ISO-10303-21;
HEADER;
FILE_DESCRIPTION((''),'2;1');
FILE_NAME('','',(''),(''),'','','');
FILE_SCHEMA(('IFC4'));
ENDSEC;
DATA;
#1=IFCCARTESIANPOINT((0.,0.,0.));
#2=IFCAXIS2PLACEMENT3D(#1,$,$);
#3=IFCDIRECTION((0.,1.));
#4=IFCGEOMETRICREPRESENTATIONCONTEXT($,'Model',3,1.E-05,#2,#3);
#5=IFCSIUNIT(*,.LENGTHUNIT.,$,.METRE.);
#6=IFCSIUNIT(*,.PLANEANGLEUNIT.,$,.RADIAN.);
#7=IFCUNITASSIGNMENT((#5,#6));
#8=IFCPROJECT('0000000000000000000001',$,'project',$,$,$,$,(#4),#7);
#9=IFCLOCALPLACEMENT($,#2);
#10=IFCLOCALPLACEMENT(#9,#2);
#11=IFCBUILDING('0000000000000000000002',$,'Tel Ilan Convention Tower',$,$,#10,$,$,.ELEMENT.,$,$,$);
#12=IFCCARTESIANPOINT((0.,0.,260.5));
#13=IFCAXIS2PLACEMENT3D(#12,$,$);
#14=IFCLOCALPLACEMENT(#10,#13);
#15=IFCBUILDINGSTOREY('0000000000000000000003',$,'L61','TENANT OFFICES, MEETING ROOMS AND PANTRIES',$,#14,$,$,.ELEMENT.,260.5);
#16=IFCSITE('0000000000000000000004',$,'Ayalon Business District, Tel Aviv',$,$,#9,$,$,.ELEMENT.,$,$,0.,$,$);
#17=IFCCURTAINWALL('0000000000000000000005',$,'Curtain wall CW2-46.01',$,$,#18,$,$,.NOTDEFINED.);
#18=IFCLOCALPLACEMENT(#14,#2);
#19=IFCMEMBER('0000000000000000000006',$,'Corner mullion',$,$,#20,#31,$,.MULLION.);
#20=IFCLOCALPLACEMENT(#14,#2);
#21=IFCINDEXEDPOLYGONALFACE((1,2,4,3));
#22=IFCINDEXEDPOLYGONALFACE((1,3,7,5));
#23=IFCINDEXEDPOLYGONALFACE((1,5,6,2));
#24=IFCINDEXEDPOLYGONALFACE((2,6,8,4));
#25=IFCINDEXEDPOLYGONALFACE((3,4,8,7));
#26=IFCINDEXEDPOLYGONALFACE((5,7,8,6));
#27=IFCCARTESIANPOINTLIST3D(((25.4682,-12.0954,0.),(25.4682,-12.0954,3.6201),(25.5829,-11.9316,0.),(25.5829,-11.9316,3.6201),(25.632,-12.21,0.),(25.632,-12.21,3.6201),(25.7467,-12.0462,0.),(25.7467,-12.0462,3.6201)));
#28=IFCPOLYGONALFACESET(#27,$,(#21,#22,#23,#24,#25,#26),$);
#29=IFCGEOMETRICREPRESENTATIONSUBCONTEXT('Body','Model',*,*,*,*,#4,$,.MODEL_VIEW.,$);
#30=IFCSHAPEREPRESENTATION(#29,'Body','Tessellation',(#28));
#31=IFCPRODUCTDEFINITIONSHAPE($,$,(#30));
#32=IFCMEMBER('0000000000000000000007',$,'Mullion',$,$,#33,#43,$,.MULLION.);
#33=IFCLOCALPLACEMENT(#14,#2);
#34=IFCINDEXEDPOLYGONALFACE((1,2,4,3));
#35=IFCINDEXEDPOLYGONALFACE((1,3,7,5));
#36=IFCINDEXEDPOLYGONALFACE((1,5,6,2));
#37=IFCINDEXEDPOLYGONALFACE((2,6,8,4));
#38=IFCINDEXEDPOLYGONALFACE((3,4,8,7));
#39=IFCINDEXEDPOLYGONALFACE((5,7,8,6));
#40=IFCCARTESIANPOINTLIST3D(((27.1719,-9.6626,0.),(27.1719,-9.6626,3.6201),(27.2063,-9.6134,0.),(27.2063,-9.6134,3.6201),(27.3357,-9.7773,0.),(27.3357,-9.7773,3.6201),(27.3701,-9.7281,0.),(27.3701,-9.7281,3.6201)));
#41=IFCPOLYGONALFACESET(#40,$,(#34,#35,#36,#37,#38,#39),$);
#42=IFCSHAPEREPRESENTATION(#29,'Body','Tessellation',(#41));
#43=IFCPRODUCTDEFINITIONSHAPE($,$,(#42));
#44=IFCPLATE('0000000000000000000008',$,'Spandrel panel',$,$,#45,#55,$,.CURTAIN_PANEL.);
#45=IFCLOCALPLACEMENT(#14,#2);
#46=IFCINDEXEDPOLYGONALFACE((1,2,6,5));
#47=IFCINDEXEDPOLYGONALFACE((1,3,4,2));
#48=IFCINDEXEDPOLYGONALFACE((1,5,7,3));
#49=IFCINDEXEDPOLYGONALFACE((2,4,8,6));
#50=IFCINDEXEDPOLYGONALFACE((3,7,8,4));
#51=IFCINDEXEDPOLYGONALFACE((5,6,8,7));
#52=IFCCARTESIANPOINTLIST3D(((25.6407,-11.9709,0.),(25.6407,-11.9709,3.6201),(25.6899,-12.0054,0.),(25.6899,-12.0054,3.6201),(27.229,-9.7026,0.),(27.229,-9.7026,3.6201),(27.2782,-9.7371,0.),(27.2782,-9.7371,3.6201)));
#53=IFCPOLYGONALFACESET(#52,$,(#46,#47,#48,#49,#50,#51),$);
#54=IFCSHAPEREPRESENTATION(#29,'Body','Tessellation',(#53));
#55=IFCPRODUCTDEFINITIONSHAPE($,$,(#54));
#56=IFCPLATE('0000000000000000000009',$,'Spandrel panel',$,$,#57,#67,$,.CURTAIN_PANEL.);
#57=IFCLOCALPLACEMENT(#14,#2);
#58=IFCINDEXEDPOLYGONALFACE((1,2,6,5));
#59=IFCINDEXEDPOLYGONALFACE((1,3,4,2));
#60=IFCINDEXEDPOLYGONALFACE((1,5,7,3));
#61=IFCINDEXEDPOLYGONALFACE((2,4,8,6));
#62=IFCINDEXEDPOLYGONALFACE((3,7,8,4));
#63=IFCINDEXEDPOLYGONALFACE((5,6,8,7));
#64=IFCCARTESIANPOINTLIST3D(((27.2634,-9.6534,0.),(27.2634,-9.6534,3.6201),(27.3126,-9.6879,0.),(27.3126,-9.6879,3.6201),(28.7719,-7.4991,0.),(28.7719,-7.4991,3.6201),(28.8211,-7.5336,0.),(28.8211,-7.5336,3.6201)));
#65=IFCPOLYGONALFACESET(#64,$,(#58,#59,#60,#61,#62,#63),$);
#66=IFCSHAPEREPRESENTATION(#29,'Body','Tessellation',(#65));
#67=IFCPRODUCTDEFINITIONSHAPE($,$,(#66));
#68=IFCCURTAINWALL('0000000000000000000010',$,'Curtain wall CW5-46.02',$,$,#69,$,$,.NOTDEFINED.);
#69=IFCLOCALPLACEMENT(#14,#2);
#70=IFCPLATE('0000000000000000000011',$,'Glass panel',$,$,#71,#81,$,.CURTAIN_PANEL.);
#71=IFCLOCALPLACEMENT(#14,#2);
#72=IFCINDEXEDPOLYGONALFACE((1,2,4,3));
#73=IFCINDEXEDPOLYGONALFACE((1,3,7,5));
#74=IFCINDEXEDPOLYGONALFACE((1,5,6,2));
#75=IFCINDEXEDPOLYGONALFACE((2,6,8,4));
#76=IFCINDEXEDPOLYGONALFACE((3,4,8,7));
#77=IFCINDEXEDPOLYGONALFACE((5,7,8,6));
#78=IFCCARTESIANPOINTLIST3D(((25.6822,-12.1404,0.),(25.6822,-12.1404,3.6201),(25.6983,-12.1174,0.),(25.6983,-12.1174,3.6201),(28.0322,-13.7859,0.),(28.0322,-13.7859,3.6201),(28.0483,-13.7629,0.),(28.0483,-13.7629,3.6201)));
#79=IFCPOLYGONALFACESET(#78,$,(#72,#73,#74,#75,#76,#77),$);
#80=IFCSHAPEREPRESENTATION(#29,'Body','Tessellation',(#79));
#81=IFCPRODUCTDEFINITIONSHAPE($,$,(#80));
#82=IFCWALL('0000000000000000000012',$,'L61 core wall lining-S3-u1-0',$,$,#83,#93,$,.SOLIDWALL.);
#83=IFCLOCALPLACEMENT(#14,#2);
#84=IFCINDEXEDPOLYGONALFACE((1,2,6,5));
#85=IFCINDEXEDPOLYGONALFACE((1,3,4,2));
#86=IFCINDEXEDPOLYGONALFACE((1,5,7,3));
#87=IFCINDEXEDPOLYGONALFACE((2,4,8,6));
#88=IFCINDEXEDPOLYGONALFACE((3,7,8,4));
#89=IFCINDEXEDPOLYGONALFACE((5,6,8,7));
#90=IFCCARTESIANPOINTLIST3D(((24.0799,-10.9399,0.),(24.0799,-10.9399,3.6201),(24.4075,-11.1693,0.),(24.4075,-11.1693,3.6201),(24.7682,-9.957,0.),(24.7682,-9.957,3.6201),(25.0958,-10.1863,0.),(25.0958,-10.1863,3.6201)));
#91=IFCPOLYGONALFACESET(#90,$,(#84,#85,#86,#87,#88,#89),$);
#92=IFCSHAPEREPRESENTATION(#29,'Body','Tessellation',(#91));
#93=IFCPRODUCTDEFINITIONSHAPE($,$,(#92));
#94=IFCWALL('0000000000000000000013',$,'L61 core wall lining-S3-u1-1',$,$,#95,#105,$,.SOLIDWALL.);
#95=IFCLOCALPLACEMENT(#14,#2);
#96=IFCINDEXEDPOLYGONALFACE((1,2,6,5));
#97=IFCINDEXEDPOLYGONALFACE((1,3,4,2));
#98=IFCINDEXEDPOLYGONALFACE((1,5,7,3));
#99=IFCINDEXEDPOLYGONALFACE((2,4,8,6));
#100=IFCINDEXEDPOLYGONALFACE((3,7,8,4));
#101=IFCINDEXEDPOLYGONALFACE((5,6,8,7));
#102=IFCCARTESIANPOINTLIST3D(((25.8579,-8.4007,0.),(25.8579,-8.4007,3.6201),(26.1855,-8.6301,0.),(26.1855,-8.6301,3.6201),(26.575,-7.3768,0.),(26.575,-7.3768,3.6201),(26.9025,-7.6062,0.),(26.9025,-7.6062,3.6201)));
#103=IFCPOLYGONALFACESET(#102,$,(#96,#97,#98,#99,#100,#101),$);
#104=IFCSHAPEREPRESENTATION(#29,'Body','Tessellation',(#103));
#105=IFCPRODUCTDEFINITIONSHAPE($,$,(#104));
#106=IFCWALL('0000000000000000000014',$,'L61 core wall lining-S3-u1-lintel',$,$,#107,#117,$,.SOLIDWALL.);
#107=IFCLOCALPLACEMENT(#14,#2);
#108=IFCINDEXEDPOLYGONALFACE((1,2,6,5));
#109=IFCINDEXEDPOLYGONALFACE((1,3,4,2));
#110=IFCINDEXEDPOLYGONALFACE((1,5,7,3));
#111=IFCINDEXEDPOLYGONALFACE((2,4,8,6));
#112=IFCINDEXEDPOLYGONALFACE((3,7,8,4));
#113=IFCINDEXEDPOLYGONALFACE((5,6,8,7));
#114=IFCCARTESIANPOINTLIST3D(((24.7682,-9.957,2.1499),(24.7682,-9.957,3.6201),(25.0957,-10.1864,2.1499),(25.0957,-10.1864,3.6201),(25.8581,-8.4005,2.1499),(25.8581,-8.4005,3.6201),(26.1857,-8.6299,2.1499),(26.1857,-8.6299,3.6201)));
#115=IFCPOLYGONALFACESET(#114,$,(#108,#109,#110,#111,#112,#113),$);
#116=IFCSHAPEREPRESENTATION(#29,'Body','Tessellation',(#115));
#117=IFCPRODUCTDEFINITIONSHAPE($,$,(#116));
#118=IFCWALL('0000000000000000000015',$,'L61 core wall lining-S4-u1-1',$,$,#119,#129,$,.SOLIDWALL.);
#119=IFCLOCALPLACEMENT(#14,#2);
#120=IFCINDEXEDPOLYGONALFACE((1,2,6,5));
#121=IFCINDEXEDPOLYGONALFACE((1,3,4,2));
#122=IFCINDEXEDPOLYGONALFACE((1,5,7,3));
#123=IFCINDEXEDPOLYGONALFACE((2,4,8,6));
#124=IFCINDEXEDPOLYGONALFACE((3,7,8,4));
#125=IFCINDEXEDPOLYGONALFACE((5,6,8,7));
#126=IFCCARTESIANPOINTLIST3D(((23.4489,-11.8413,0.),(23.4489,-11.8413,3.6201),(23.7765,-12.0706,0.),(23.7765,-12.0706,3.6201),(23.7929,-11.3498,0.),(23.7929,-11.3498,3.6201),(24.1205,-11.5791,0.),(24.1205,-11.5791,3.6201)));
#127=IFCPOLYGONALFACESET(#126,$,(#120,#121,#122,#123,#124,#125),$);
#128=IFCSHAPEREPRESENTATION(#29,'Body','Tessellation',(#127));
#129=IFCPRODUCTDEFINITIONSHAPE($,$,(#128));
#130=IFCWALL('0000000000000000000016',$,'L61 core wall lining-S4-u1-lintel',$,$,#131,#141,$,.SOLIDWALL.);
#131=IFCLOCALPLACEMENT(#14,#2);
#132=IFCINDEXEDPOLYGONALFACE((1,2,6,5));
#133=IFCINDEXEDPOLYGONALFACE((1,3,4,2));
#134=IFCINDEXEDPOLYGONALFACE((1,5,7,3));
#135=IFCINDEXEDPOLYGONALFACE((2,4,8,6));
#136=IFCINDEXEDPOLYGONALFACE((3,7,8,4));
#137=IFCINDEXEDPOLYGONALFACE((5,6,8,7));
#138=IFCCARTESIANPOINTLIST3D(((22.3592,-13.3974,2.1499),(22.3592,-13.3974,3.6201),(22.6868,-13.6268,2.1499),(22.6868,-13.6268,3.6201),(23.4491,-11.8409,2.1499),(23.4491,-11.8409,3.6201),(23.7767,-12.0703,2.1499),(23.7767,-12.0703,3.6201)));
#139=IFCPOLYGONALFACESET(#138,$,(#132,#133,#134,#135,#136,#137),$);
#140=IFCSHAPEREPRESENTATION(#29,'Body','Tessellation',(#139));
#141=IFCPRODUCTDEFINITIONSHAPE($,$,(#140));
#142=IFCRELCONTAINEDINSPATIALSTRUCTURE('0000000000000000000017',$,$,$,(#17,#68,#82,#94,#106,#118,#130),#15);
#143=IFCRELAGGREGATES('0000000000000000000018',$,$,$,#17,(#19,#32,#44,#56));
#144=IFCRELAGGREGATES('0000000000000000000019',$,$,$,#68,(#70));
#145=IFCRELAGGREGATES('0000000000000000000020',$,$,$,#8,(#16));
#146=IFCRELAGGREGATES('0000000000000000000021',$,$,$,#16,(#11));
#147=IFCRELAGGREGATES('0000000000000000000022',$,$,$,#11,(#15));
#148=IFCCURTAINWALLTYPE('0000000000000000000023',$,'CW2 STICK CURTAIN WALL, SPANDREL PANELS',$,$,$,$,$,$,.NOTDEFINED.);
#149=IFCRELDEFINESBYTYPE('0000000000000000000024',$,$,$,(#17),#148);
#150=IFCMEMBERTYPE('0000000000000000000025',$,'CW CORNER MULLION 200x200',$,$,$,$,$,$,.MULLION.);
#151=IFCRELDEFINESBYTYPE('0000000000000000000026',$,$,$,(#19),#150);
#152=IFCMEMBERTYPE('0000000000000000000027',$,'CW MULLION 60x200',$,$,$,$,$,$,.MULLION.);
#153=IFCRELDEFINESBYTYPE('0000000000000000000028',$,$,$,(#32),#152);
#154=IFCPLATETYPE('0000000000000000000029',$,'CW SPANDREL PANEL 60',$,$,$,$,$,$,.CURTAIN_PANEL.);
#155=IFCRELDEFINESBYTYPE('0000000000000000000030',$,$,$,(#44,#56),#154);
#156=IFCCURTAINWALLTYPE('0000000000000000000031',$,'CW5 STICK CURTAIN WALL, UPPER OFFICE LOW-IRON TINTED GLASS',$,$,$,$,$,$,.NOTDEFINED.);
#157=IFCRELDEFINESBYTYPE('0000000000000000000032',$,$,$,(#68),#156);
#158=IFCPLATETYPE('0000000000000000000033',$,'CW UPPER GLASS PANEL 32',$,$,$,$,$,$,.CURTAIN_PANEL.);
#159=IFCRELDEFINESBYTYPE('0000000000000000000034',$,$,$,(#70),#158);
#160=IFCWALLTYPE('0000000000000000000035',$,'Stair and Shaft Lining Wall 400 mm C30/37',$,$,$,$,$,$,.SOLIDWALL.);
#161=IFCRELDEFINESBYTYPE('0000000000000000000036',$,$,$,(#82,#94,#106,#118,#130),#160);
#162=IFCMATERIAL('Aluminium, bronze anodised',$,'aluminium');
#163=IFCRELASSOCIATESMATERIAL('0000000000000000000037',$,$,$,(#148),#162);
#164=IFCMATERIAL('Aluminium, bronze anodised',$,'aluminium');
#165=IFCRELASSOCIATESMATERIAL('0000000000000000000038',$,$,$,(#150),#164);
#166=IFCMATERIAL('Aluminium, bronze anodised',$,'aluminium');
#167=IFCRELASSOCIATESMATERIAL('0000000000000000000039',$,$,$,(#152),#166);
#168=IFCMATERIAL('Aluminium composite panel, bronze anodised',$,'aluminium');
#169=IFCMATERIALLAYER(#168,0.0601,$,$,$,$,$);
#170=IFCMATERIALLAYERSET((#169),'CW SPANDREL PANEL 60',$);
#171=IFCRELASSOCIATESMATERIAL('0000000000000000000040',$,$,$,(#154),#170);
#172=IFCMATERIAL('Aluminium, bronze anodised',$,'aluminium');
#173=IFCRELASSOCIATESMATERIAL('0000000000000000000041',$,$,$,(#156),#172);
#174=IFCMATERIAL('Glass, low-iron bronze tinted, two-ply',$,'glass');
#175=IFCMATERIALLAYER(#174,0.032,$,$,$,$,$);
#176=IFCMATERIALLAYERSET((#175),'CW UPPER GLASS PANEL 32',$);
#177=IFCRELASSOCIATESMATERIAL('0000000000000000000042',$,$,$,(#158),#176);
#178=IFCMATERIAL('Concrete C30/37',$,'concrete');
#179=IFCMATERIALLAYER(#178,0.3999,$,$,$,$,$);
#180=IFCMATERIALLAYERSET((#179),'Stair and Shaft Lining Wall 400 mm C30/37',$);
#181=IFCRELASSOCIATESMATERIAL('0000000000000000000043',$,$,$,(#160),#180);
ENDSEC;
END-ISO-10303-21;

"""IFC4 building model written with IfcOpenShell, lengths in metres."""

from ifc_helpers import new_model, si_unit, direction, frame, frame_2d, origin, origin_2d, place, context, subcontext, project, spatial, rectangle, extrude, material, layer, layer_set, material_profile, profile_set, type_object, element, aggregate, save


model = new_model("IFC4")

# Units and contexts
model_context = context("Model", 3, precision=1e-05, world=origin(), true_north=direction((0.0, 1.0)))
body_context = subcontext(model_context, "Body", "Model", "MODEL_VIEW")
ifc_project = project(units=[si_unit("LENGTHUNIT", "METRE"), si_unit("PLANEANGLEUNIT", "RADIAN")], contexts=[model_context])

# Site, building, storey
site_placement = place(None, origin())
site = spatial("IfcSite", under=ifc_project, at=site_placement, Name="Ayalon Business District, Tel Aviv", CompositionType="ELEMENT", RefElevation=0.0)
building_placement = place(site_placement, origin())
building = spatial("IfcBuilding", under=site, at=building_placement, Name="Tel Ilan Convention Tower", CompositionType="ELEMENT")
storey_placement = place(building_placement, frame((0.0, 0.0, 260.5)))
storey = spatial("IfcBuildingStorey", under=building, at=storey_placement, Name="L61", Description="TENANT OFFICES, MEETING ROOMS AND PANTRIES", CompositionType="ELEMENT", Elevation=260.5)

# Curtain wall, members, plates
ifc_material_1 = material(Name="Aluminium, bronze anodised", Category="aluminium")
curtain_wall_type_1 = type_object("IfcCurtainWallType", Name="CW2 STICK CURTAIN WALL, SPANDREL PANELS", PredefinedType="NOTDEFINED", material=ifc_material_1)
curtain_wall_1_placement = place(storey_placement, origin())
curtain_wall_1 = element("IfcCurtainWall", 1, at=curtain_wall_1_placement, inside=storey, type_object=curtain_wall_type_1, Name="Curtain wall CW2-46.01", PredefinedType="NOTDEFINED")
ifc_material_2 = material(Name="Aluminium, bronze anodised", Category="aluminium")
ifc_material_profile_1 = material_profile(ifc_material_2, rectangle(XDim=0.2, YDim=0.2, at=origin_2d()), Name="CW CORNER MULLION 200x200")
ifc_profile_set_1 = profile_set([ifc_material_profile_1], Name="Aluminium, bronze anodised")
member_type_1 = type_object("IfcMemberType", Name="CW CORNER MULLION 200x200", PredefinedType="MULLION", material=ifc_profile_set_1)
member_1_placement = place(storey_placement, frame((25.6074, -12.0708, 0.0), z_axis=(0.0, 0.0, 1.0), x_axis=(-0.819152, 0.573576, 0.0)))
member_1 = element("IfcMember", 2, at=member_1_placement, type_object=member_type_1, Name="Corner mullion", PredefinedType="MULLION", context=body_context, shape_type="SweptSolid", body=[
    extrude(rectangle(XDim=0.2, YDim=0.2, at=origin_2d()), origin(), (0.0, 0.0, 1.0), 3.6201),
])
ifc_material_3 = material(Name="Aluminium, bronze anodised", Category="aluminium")
ifc_material_profile_2 = material_profile(ifc_material_3, rectangle(XDim=0.0601, YDim=0.2, at=origin_2d()), Name="CW MULLION 60x200")
ifc_profile_set_2 = profile_set([ifc_material_profile_2], Name="Aluminium, bronze anodised")
member_type_2 = type_object("IfcMemberType", Name="CW MULLION 60x200", PredefinedType="MULLION", material=ifc_profile_set_2)
member_2_placement = place(storey_placement, frame((27.271, -9.6953, 0.0), z_axis=(0.0, 0.0, 1.0), x_axis=(0.573576, 0.819152, 0.0)))
member_2 = element("IfcMember", 3, at=member_2_placement, type_object=member_type_2, Name="Mullion", PredefinedType="MULLION", context=body_context, shape_type="SweptSolid", body=[
    extrude(rectangle(XDim=0.0601, YDim=0.2, at=origin_2d()), origin(), (0.0, 0.0, 1.0), 3.6201),
])
ifc_material_4 = material(Name="Aluminium composite panel, bronze anodised", Category="aluminium")
ifc_layer_1 = layer(ifc_material_4, 0.0601)
ifc_layer_set_1 = layer_set([ifc_layer_1], Name="CW SPANDREL PANEL 60")
plate_type_1 = type_object("IfcPlateType", Name="CW SPANDREL PANEL 60", PredefinedType="CURTAIN_PANEL", material=ifc_layer_set_1)
plate_1_placement = place(storey_placement, frame((26.4595, -10.854, 0.0), z_axis=(0.0, 0.0, 1.0), x_axis=(0.573576, 0.819152, 0.0)))
plate_1 = element("IfcPlate", 4, at=plate_1_placement, type_object=plate_type_1, Name="Spandrel panel", PredefinedType="CURTAIN_PANEL", context=body_context, shape_type="SweptSolid", body=[
    extrude(rectangle(XDim=2.769, YDim=0.0601, at=origin_2d()), origin(), (0.0, 0.0, 1.0), 3.6201),
])
plate_2_placement = place(storey_placement, frame((28.0422, -8.5935, 0.0), z_axis=(0.0, 0.0, 1.0), x_axis=(0.573576, 0.819152, 0.0)))
plate_2 = element("IfcPlate", 5, at=plate_2_placement, type_object=plate_type_1, Name="Spandrel panel", PredefinedType="CURTAIN_PANEL", context=body_context, shape_type="SweptSolid", body=[
    extrude(rectangle(XDim=2.6299, YDim=0.0601, at=origin_2d()), origin(), (0.0, 0.0, 1.0), 3.6201),
])
aggregate(curtain_wall_1, [member_1, member_2, plate_1, plate_2])

# Curtain wall, plate
ifc_material_5 = material(Name="Aluminium, bronze anodised", Category="aluminium")
curtain_wall_type_2 = type_object("IfcCurtainWallType", Name="CW5 STICK CURTAIN WALL, UPPER OFFICE LOW-IRON TINTED GLASS", PredefinedType="NOTDEFINED", material=ifc_material_5)
curtain_wall_2_placement = place(storey_placement, origin())
curtain_wall_2 = element("IfcCurtainWall", 6, at=curtain_wall_2_placement, inside=storey, type_object=curtain_wall_type_2, Name="Curtain wall CW5-46.02", PredefinedType="NOTDEFINED")
ifc_material_6 = material(Name="Glass, low-iron bronze tinted, two-ply", Category="glass")
ifc_layer_2 = layer(ifc_material_6, 0.032)
ifc_layer_set_2 = layer_set([ifc_layer_2], Name="CW UPPER GLASS PANEL 32")
plate_type_2 = type_object("IfcPlateType", Name="CW UPPER GLASS PANEL 32", PredefinedType="CURTAIN_PANEL", material=ifc_layer_set_2)
plate_3_placement = place(storey_placement, frame((26.8652, -12.9517, 0.0), z_axis=(0.0, 0.0, 1.0), x_axis=(-0.819152, 0.573576, 0.0)))
plate_3 = element("IfcPlate", 7, at=plate_3_placement, type_object=plate_type_2, Name="Glass panel", PredefinedType="CURTAIN_PANEL", context=body_context, shape_type="SweptSolid", body=[
    extrude(rectangle(XDim=2.8689, YDim=0.0281, at=origin_2d()), origin(), (0.0, 0.0, 1.0), 3.6201),
])
aggregate(curtain_wall_2, [plate_3])

# Walls
ifc_material_7 = material(Name="Concrete C30/37", Category="concrete")
ifc_layer_3 = layer(ifc_material_7, 0.3999)
ifc_layer_set_3 = layer_set([ifc_layer_3], Name="Stair and Shaft Lining Wall 400 mm C30/37")
wall_type = type_object("IfcWallType", Name="Stair and Shaft Lining Wall 400 mm C30/37", PredefinedType="SOLIDWALL", material=ifc_layer_set_3)
wall_1_placement = place(storey_placement, frame((24.2437, -11.0547, 0.0), z_axis=(0.0, 0.0, 1.0), x_axis=(0.573572, 0.819155, 0.0)))
element("IfcWall", 8, at=wall_1_placement, inside=storey, type_object=wall_type, Name="L61 core wall lining-S3-u1-0", PredefinedType="SOLIDWALL", context=body_context, shape_type="SweptSolid", body=[
    extrude(rectangle(XDim=1.2, YDim=0.3999, at=frame_2d((0.6001, 0.0))), origin(), (0.0, 0.0, 1.0), 3.6201),
])
wall_2_placement = place(storey_placement, frame((26.0217, -8.5154, 0.0), z_axis=(0.0, 0.0, 1.0), x_axis=(0.57362, 0.819122, 0.0)))
element("IfcWall", 9, at=wall_2_placement, inside=storey, type_object=wall_type, Name="L61 core wall lining-S3-u1-1", PredefinedType="SOLIDWALL", context=body_context, shape_type="SweptSolid", body=[
    extrude(rectangle(XDim=1.25, YDim=0.3999, at=frame_2d((0.625, 0.0))), origin(), (0.0, 0.0, 1.0), 3.6201),
])
wall_3_placement = place(storey_placement, frame((24.9319, -10.0718, 2.1499), z_axis=(0.0, 0.0, 1.0), x_axis=(0.573592, 0.819141, 0.0)))
element("IfcWall", 10, at=wall_3_placement, inside=storey, type_object=wall_type, Name="L61 core wall lining-S3-u1-lintel", PredefinedType="SOLIDWALL", context=body_context, shape_type="SweptSolid", body=[
    extrude(rectangle(XDim=1.9001, YDim=0.3999, at=frame_2d((0.9502, 0.0))), origin(), (0.0, 0.0, 1.0), 1.4702),
])
wall_4_placement = place(storey_placement, frame((23.6128, -11.9558, 0.0), z_axis=(0.0, 0.0, 1.0), x_axis=(0.573435, 0.819251, 0.0)))
element("IfcWall", 11, at=wall_4_placement, inside=storey, type_object=wall_type, Name="L61 core wall lining-S4-u1-1", PredefinedType="SOLIDWALL", context=body_context, shape_type="SweptSolid", body=[
    extrude(rectangle(XDim=0.5999, YDim=0.3999, at=frame_2d((0.2998, 0.0))), origin(), (0.0, 0.0, 1.0), 3.6201),
])
wall_5_placement = place(storey_placement, frame((22.5229, -13.5122, 2.1499), z_axis=(0.0, 0.0, 1.0), x_axis=(0.573592, 0.819141, 0.0)))
element("IfcWall", 12, at=wall_5_placement, inside=storey, type_object=wall_type, Name="L61 core wall lining-S4-u1-lintel", PredefinedType="SOLIDWALL", context=body_context, shape_type="SweptSolid", body=[
    extrude(rectangle(XDim=1.9001, YDim=0.3999, at=frame_2d((0.9502, 0.0))), origin(), (0.0, 0.0, 1.0), 1.4702),
])

save(model, "model.ifc")
